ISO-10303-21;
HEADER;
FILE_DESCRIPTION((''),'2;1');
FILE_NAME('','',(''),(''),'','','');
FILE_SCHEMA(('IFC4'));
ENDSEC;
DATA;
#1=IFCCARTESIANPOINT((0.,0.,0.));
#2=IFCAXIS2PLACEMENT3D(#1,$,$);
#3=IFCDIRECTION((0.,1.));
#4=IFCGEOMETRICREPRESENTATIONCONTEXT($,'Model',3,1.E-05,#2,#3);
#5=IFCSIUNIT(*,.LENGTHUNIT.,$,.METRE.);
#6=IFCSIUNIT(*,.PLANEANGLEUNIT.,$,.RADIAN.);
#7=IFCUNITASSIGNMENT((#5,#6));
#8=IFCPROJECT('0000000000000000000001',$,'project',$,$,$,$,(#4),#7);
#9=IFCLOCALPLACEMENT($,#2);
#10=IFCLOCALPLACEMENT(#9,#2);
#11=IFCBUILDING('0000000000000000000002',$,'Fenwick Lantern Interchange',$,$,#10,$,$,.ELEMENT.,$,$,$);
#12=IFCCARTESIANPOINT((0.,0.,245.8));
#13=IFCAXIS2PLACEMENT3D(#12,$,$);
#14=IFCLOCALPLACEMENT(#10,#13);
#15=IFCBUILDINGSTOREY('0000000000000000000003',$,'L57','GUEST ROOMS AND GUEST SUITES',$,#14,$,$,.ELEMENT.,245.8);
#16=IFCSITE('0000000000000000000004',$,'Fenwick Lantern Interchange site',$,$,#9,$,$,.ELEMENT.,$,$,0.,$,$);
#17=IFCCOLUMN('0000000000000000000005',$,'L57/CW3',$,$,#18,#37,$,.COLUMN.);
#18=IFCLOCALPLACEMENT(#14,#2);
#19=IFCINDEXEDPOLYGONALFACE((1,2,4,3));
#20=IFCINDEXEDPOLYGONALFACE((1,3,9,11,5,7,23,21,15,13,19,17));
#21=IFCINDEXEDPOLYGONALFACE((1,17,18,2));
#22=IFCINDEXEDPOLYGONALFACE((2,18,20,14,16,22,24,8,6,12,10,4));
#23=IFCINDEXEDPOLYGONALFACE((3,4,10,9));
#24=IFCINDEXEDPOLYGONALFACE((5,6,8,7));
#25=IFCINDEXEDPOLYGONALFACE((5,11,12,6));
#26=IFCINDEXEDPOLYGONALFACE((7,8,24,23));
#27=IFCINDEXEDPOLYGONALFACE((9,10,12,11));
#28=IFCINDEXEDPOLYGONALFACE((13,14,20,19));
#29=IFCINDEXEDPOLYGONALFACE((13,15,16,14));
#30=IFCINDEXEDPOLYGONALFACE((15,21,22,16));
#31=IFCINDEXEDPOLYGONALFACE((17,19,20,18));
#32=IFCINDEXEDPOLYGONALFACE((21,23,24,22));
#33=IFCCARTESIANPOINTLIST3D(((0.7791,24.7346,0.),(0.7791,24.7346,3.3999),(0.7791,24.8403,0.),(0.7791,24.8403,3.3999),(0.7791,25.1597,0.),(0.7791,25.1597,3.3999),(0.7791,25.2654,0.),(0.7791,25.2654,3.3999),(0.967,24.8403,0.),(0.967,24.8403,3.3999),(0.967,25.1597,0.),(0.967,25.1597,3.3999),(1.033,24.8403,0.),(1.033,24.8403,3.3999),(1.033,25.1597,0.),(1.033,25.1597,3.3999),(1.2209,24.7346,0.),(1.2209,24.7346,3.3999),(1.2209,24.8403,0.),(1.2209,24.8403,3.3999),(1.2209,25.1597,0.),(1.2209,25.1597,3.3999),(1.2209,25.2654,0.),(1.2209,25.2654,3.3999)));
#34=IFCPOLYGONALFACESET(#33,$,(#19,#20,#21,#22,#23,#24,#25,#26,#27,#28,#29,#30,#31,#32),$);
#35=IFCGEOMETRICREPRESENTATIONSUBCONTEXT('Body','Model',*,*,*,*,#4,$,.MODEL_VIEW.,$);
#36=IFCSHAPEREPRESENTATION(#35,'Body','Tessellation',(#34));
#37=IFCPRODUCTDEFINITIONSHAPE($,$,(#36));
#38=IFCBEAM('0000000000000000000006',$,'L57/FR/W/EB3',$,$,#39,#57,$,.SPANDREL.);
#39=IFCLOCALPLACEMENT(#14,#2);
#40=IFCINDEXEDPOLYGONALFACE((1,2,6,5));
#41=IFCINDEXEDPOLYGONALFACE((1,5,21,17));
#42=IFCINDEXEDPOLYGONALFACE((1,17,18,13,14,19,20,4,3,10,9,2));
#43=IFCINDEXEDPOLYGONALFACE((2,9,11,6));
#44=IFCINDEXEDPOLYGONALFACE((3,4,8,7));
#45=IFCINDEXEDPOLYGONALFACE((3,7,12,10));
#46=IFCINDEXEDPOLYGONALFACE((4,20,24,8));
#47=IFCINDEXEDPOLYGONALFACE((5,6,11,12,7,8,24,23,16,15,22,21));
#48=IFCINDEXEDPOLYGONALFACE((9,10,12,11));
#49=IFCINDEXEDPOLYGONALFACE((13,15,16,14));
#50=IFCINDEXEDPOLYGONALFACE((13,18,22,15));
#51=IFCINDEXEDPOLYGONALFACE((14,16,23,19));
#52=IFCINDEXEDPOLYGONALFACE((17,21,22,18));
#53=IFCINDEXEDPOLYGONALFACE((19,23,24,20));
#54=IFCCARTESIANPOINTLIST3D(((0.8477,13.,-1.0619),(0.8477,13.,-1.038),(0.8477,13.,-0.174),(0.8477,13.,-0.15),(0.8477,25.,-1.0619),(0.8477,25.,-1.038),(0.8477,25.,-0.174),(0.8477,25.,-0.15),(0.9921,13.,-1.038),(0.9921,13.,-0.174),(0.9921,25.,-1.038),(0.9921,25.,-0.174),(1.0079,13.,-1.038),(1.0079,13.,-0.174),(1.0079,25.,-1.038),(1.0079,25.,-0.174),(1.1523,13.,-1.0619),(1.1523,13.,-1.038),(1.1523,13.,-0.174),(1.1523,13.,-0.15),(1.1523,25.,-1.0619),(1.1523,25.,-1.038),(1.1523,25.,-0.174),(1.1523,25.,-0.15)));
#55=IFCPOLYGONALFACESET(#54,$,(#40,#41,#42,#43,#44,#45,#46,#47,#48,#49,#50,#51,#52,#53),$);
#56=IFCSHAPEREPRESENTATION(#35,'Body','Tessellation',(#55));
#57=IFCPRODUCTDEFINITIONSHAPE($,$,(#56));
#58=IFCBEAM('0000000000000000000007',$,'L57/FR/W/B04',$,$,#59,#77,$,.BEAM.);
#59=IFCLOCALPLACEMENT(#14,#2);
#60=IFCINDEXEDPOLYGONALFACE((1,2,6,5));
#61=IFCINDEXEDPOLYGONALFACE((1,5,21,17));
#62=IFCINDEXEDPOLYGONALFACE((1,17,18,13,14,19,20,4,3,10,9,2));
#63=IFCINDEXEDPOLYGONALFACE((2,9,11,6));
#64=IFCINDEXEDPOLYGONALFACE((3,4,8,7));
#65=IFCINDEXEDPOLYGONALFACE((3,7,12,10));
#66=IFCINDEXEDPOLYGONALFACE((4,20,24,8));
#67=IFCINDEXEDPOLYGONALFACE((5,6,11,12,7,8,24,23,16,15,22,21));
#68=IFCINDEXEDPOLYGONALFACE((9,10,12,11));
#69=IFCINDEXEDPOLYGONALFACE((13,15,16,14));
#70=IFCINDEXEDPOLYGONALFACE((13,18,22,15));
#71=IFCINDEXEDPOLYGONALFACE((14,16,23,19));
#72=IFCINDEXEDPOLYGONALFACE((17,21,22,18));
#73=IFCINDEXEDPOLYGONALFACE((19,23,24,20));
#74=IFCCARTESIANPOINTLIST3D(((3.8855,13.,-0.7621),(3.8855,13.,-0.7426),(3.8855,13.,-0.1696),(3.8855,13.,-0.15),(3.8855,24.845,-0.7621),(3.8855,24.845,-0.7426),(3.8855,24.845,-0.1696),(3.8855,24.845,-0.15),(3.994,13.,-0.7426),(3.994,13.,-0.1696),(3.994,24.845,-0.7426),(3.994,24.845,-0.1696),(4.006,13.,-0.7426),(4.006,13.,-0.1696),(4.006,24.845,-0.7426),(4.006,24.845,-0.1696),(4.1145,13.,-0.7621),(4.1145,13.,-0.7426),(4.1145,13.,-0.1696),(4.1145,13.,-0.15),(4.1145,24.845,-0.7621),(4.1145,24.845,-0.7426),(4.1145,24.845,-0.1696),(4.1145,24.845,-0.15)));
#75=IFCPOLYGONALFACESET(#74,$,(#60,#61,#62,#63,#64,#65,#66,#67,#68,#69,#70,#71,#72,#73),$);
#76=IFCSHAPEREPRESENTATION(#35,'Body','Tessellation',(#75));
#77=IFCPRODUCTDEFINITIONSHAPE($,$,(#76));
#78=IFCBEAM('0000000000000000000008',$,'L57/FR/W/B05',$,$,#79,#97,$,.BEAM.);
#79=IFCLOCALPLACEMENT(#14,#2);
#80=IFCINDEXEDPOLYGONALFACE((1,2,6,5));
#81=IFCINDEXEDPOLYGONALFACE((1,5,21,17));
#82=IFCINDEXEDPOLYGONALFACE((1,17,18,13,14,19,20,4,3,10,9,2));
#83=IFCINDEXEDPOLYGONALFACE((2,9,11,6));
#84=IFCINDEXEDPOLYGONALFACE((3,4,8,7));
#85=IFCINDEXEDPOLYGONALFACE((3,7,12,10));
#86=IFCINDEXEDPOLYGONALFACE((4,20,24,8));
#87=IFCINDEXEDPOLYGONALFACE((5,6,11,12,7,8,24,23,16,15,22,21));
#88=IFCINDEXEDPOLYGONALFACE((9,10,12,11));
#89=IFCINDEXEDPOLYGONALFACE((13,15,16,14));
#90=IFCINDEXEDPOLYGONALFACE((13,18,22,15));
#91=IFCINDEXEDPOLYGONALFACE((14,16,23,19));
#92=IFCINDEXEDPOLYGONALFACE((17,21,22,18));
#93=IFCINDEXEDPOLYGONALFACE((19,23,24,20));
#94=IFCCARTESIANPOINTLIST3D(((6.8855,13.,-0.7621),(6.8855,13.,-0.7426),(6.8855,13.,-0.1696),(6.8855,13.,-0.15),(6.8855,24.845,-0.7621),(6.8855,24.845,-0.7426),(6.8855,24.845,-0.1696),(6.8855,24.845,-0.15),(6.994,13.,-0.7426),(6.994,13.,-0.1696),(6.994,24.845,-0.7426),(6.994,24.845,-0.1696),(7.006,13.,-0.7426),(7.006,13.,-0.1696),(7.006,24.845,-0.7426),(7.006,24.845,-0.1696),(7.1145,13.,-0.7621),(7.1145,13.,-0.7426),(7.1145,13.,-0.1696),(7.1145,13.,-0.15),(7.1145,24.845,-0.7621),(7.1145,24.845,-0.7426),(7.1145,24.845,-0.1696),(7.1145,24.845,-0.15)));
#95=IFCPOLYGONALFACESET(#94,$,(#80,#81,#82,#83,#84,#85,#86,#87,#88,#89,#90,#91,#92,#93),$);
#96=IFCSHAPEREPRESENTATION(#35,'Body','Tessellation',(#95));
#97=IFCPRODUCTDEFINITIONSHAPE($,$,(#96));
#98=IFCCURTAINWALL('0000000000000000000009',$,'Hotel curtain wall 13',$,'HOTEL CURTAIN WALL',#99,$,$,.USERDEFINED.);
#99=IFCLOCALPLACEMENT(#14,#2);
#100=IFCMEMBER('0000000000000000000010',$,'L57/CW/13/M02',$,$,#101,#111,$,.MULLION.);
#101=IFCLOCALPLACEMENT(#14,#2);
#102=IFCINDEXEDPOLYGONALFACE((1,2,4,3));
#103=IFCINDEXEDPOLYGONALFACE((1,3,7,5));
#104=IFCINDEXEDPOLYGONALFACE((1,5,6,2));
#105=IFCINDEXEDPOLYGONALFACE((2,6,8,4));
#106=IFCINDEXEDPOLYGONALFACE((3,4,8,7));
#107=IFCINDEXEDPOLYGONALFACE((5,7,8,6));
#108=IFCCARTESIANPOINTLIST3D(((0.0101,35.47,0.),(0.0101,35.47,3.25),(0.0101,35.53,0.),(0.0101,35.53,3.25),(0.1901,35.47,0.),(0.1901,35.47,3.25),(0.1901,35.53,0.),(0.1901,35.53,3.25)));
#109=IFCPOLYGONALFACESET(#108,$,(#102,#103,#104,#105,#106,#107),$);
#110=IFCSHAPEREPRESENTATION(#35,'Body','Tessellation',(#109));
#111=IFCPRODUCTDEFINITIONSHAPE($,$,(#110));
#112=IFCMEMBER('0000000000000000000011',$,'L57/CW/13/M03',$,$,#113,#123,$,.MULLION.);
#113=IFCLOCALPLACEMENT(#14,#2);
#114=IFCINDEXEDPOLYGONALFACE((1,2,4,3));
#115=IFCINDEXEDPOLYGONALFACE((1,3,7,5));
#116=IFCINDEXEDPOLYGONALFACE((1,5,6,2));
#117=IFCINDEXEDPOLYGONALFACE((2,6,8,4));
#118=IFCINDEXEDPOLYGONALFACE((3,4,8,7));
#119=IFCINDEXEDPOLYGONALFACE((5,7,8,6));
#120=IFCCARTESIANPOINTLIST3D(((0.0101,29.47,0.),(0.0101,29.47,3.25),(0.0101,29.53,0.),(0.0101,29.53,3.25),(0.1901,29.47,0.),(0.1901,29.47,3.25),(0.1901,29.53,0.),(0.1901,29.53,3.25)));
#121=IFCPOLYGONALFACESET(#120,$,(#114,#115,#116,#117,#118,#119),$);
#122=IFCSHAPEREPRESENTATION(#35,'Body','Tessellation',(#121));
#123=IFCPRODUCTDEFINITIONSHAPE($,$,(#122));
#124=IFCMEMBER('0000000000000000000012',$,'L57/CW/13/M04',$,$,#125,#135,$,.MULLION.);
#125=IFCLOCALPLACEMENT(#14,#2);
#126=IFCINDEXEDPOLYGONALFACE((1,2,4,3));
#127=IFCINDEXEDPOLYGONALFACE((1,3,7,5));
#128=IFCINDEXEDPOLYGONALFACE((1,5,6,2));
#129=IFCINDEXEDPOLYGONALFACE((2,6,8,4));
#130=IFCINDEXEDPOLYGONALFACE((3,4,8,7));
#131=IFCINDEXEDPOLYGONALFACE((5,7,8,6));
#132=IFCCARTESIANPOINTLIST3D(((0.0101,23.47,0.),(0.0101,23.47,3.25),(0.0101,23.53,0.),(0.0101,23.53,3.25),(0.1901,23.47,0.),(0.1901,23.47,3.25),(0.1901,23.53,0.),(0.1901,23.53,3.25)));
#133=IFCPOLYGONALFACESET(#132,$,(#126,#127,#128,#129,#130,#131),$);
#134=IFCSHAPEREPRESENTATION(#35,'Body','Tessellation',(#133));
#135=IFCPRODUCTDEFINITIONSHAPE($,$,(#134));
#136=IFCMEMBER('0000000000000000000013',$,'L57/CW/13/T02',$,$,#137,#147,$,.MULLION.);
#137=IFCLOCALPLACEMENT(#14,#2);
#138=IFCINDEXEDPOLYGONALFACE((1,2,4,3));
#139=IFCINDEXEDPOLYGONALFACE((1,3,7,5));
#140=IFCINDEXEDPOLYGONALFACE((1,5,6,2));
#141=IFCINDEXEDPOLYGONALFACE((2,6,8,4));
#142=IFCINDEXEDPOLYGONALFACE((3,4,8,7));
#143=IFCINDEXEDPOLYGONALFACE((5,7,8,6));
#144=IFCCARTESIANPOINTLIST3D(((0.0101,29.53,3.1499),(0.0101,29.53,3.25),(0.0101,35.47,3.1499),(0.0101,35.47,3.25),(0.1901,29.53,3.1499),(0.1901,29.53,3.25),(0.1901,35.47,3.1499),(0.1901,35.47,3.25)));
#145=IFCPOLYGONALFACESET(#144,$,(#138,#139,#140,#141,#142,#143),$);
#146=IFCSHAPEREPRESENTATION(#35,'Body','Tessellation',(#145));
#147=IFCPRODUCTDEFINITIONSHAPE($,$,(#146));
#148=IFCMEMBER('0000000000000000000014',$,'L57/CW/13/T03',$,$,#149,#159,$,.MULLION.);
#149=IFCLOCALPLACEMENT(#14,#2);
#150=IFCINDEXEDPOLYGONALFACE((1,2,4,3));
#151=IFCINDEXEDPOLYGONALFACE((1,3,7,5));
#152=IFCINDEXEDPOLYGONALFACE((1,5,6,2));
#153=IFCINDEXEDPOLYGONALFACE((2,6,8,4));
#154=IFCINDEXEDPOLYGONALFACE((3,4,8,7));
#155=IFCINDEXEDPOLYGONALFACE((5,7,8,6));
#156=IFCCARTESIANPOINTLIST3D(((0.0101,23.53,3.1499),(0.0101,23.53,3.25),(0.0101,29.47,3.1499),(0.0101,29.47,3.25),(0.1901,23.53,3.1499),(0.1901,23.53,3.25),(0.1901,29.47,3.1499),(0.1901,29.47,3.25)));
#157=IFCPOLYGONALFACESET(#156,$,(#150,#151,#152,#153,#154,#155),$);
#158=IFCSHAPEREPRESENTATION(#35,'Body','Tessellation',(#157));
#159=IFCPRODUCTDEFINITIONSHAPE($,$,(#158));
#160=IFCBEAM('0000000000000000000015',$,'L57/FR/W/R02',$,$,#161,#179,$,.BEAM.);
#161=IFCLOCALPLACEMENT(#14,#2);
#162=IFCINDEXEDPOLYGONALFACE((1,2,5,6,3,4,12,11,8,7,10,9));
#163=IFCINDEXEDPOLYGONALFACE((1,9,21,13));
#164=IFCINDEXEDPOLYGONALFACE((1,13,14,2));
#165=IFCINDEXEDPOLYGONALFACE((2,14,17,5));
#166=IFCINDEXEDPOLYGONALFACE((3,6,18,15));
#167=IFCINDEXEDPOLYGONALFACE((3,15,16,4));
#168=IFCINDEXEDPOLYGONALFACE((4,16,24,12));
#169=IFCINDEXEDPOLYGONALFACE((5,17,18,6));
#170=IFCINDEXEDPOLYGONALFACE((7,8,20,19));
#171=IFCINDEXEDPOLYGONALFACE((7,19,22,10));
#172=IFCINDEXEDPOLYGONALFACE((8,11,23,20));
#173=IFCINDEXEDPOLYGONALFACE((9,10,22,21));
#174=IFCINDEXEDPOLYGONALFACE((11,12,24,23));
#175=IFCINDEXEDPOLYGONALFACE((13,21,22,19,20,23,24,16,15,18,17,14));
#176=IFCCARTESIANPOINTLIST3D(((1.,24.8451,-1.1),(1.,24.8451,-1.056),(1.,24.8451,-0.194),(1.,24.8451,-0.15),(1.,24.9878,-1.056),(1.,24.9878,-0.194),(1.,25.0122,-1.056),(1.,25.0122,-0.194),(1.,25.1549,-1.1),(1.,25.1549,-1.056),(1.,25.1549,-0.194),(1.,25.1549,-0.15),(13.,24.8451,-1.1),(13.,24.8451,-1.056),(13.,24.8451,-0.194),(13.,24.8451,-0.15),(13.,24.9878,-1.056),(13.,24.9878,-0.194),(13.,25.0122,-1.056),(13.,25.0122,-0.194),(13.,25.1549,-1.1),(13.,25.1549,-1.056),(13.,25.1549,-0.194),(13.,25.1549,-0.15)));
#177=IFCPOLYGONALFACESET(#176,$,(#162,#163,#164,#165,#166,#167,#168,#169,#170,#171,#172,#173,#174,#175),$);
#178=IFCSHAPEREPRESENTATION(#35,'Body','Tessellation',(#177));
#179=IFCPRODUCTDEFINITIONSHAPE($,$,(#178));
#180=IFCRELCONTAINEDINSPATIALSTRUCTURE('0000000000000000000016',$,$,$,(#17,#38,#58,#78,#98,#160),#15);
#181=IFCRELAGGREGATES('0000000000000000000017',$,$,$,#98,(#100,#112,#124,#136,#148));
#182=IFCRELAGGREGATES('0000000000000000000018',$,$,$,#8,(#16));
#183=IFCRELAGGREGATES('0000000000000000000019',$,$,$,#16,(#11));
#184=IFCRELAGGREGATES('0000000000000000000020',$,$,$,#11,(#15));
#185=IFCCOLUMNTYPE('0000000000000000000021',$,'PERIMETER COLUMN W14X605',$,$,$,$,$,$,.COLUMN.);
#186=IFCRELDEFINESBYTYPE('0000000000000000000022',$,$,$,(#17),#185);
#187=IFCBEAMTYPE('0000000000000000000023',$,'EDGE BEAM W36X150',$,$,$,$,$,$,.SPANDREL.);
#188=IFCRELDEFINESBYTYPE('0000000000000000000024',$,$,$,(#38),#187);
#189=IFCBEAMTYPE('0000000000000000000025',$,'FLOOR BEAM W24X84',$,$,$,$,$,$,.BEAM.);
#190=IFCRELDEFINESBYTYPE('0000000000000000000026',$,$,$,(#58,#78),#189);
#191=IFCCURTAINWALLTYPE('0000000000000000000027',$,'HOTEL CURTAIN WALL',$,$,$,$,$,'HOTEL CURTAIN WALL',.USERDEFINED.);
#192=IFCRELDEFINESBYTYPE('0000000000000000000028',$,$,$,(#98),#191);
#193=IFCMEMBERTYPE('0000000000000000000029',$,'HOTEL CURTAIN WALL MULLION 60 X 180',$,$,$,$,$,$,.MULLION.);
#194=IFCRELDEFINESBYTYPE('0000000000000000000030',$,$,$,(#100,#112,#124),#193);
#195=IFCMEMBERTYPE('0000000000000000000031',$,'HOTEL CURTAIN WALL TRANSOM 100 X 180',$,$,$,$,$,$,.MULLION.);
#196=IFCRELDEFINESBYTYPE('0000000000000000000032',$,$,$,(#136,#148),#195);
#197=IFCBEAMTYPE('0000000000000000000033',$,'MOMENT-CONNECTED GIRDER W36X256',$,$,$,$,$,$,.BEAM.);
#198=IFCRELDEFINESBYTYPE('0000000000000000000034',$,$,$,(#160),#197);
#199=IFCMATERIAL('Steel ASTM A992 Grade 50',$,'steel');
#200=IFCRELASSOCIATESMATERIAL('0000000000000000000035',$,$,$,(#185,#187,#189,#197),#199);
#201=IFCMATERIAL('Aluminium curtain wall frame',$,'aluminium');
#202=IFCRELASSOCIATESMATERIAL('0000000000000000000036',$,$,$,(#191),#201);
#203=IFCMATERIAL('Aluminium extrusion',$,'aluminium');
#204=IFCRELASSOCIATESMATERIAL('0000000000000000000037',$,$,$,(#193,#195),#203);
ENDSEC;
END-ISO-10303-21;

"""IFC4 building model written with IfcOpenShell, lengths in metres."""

from ifc_helpers import new_model, si_unit, direction, frame, origin, origin_2d, place, context, subcontext, project, spatial, rectangle, i_section, extrude, material, material_profile, profile_set, type_object, element, aggregate, save


model = new_model("IFC4")

# Units and contexts
model_context = context("Model", 3, precision=1e-05, world=origin(), true_north=direction((0.0, 1.0)))
body_context = subcontext(model_context, "Body", "Model", "MODEL_VIEW")
ifc_project = project(units=[si_unit("LENGTHUNIT", "METRE"), si_unit("PLANEANGLEUNIT", "RADIAN")], contexts=[model_context])

# Site, building, storey
site_placement = place(None, origin())
site = spatial("IfcSite", under=ifc_project, at=site_placement, Name="Fenwick Lantern Interchange site", CompositionType="ELEMENT", RefElevation=0.0)
building_placement = place(site_placement, origin())
building = spatial("IfcBuilding", under=site, at=building_placement, Name="Fenwick Lantern Interchange", CompositionType="ELEMENT")
storey_placement = place(building_placement, frame((0.0, 0.0, 245.8)))
storey = spatial("IfcBuildingStorey", under=building, at=storey_placement, Name="L57", Description="GUEST ROOMS AND GUEST SUITES", CompositionType="ELEMENT", Elevation=245.8)

# Column
ifc_material_1 = material(Name="Steel ASTM A992 Grade 50", Category="steel")
ifc_material_profile_1 = material_profile(ifc_material_1, i_section(OverallWidth=0.4419, OverallDepth=0.5308, WebThickness=0.0659, FlangeThickness=0.1057, at=origin_2d()), Name="W14X605")
ifc_profile_set_1 = profile_set([ifc_material_profile_1], Name="Steel ASTM A992 Grade 50")
column_type = type_object("IfcColumnType", Name="PERIMETER COLUMN W14X605", PredefinedType="COLUMN", material=ifc_profile_set_1)
column_placement = place(storey_placement, frame((1.0, 25.0, 0.0), z_axis=(0.0, 0.0, 1.0), x_axis=(1.0, 0.0, 0.0)))
element("IfcColumn", 1, at=column_placement, inside=storey, type_object=column_type, Name="L57/CW3", PredefinedType="COLUMN", context=body_context, shape_type="SweptSolid", body=[
    extrude(i_section(OverallWidth=0.4419, OverallDepth=0.5308, WebThickness=0.0659, FlangeThickness=0.1057, at=origin_2d()), origin(), (0.0, 0.0, 1.0), 3.3999),
])

# Beams
ifc_material_profile_2 = material_profile(ifc_material_1, i_section(OverallWidth=0.3047, OverallDepth=0.9119, WebThickness=0.0159, FlangeThickness=0.0239, at=origin_2d()), Name="W36X150")
ifc_profile_set_2 = profile_set([ifc_material_profile_2], Name="Steel ASTM A992 Grade 50")
beam_type_1 = type_object("IfcBeamType", Name="EDGE BEAM W36X150", PredefinedType="SPANDREL", material=ifc_profile_set_2)
beam_1_placement = place(storey_placement, frame((1.0, 25.0, -0.606), z_axis=(0.0, -1.0, 0.0), x_axis=(1.0, 0.0, 0.0)))
element("IfcBeam", 2, at=beam_1_placement, inside=storey, type_object=beam_type_1, Name="L57/FR/W/EB3", PredefinedType="SPANDREL", context=body_context, shape_type="SweptSolid", body=[
    extrude(i_section(OverallWidth=0.3047, OverallDepth=0.9119, WebThickness=0.0159, FlangeThickness=0.0239, at=origin_2d()), origin(), (0.0, 0.0, 1.0), 12.0),
])
ifc_material_profile_3 = material_profile(ifc_material_1, i_section(OverallWidth=0.229, OverallDepth=0.6121, WebThickness=0.012, FlangeThickness=0.0195, at=origin_2d()), Name="W24X84")
ifc_profile_set_3 = profile_set([ifc_material_profile_3], Name="Steel ASTM A992 Grade 50")
beam_type_2 = type_object("IfcBeamType", Name="FLOOR BEAM W24X84", PredefinedType="BEAM", material=ifc_profile_set_3)
for number, where, z_axis, x_axis, name in (
    (3, (4.0, 24.845, -0.4561), (0.0, -1.0, 0.0), (1.0, 0.0, 0.0), "L57/FR/W/B04"),
    (4, (7.0, 24.845, -0.4561), (0.0, -1.0, 0.0), (1.0, 0.0, 0.0), "L57/FR/W/B05"),
):
    element("IfcBeam", number, at=place(storey_placement, frame(where, z_axis=z_axis, x_axis=x_axis)), inside=storey, type_object=beam_type_2, Name=name, PredefinedType="BEAM", context=body_context, shape_type="SweptSolid", body=[
        extrude(i_section(OverallWidth=0.229, OverallDepth=0.6121, WebThickness=0.012, FlangeThickness=0.0195, at=origin_2d()), origin(), (0.0, 0.0, 1.0), 11.845),
    ])

# Curtain wall, members
ifc_material_2 = material(Name="Aluminium curtain wall frame", Category="aluminium")
curtain_wall_type = type_object("IfcCurtainWallType", Name="HOTEL CURTAIN WALL", ElementType="HOTEL CURTAIN WALL", PredefinedType="USERDEFINED", material=ifc_material_2)
curtain_wall_placement = place(storey_placement, origin())
curtain_wall = element("IfcCurtainWall", 5, at=curtain_wall_placement, inside=storey, type_object=curtain_wall_type, Name="Hotel curtain wall 13", ObjectType="HOTEL CURTAIN WALL", PredefinedType="USERDEFINED")
ifc_material_3 = material(Name="Aluminium extrusion", Category="aluminium")
ifc_material_profile_4 = material_profile(ifc_material_3, rectangle(XDim=0.1799, YDim=0.0601, at=origin_2d()), Name="HOTEL CURTAIN WALL MULLION 60 X 180")
ifc_profile_set_4 = profile_set([ifc_material_profile_4], Name="Aluminium extrusion")
member_type_1 = type_object("IfcMemberType", Name="HOTEL CURTAIN WALL MULLION 60 X 180", PredefinedType="MULLION", material=ifc_profile_set_4)
member_1_placement = place(storey_placement, frame((0.1001, 35.5, 0.0), z_axis=(0.0, 0.0, 1.0), x_axis=(1.0, 0.0, 0.0)))
member_1 = element("IfcMember", 6, at=member_1_placement, type_object=member_type_1, Name="L57/CW/13/M02", PredefinedType="MULLION", context=body_context, shape_type="SweptSolid", body=[
    extrude(rectangle(XDim=0.1799, YDim=0.0601, at=origin_2d()), origin(), (0.0, 0.0, 1.0), 3.25),
])
member_2_placement = place(storey_placement, frame((0.1001, 29.5, 0.0), z_axis=(0.0, 0.0, 1.0), x_axis=(1.0, 0.0, 0.0)))
member_2 = element("IfcMember", 7, at=member_2_placement, type_object=member_type_1, Name="L57/CW/13/M03", PredefinedType="MULLION", context=body_context, shape_type="SweptSolid", body=[
    extrude(rectangle(XDim=0.1799, YDim=0.0601, at=origin_2d()), origin(), (0.0, 0.0, 1.0), 3.25),
])
member_3_placement = place(storey_placement, frame((0.1001, 23.5, 0.0), z_axis=(0.0, 0.0, 1.0), x_axis=(1.0, 0.0, 0.0)))
member_3 = element("IfcMember", 8, at=member_3_placement, type_object=member_type_1, Name="L57/CW/13/M04", PredefinedType="MULLION", context=body_context, shape_type="SweptSolid", body=[
    extrude(rectangle(XDim=0.1799, YDim=0.0601, at=origin_2d()), origin(), (0.0, 0.0, 1.0), 3.25),
])
ifc_material_profile_5 = material_profile(ifc_material_3, rectangle(XDim=0.1799, YDim=0.1001, at=origin_2d()), Name="HOTEL CURTAIN WALL TRANSOM 100 X 180")
ifc_profile_set_5 = profile_set([ifc_material_profile_5], Name="Aluminium extrusion")
member_type_2 = type_object("IfcMemberType", Name="HOTEL CURTAIN WALL TRANSOM 100 X 180", PredefinedType="MULLION", material=ifc_profile_set_5)
member_4_placement = place(storey_placement, frame((0.1001, 35.47, 3.2), z_axis=(0.0, -1.0, 0.0), x_axis=(1.0, 0.0, 0.0)))
member_4 = element("IfcMember", 9, at=member_4_placement, type_object=member_type_2, Name="L57/CW/13/T02", PredefinedType="MULLION", context=body_context, shape_type="SweptSolid", body=[
    extrude(rectangle(XDim=0.1799, YDim=0.1001, at=origin_2d()), origin(), (0.0, 0.0, 1.0), 5.9399),
])
member_5_placement = place(storey_placement, frame((0.1001, 29.47, 3.2), z_axis=(0.0, -1.0, 0.0), x_axis=(1.0, 0.0, 0.0)))
member_5 = element("IfcMember", 10, at=member_5_placement, type_object=member_type_2, Name="L57/CW/13/T03", PredefinedType="MULLION", context=body_context, shape_type="SweptSolid", body=[
    extrude(rectangle(XDim=0.1799, YDim=0.1001, at=origin_2d()), origin(), (0.0, 0.0, 1.0), 5.9399),
])
aggregate(curtain_wall, [member_1, member_2, member_3, member_4, member_5])

# Beam
ifc_material_profile_6 = material_profile(ifc_material_1, i_section(OverallWidth=0.3098, OverallDepth=0.95, WebThickness=0.0244, FlangeThickness=0.0439, at=origin_2d()), Name="W36X256")
ifc_profile_set_6 = profile_set([ifc_material_profile_6], Name="Steel ASTM A992 Grade 50")
beam_type_3 = type_object("IfcBeamType", Name="MOMENT-CONNECTED GIRDER W36X256", PredefinedType="BEAM", material=ifc_profile_set_6)
beam_2_placement = place(storey_placement, frame((1.0, 25.0, -0.625), z_axis=(1.0, 0.0, 0.0), x_axis=(0.0, 1.0, 0.0)))
element("IfcBeam", 11, at=beam_2_placement, inside=storey, type_object=beam_type_3, Name="L57/FR/W/R02", PredefinedType="BEAM", context=body_context, shape_type="SweptSolid", body=[
    extrude(i_section(OverallWidth=0.3098, OverallDepth=0.95, WebThickness=0.0244, FlangeThickness=0.0439, at=origin_2d()), origin(), (0.0, 0.0, 1.0), 12.0),
])

save(model, "model.ifc")
